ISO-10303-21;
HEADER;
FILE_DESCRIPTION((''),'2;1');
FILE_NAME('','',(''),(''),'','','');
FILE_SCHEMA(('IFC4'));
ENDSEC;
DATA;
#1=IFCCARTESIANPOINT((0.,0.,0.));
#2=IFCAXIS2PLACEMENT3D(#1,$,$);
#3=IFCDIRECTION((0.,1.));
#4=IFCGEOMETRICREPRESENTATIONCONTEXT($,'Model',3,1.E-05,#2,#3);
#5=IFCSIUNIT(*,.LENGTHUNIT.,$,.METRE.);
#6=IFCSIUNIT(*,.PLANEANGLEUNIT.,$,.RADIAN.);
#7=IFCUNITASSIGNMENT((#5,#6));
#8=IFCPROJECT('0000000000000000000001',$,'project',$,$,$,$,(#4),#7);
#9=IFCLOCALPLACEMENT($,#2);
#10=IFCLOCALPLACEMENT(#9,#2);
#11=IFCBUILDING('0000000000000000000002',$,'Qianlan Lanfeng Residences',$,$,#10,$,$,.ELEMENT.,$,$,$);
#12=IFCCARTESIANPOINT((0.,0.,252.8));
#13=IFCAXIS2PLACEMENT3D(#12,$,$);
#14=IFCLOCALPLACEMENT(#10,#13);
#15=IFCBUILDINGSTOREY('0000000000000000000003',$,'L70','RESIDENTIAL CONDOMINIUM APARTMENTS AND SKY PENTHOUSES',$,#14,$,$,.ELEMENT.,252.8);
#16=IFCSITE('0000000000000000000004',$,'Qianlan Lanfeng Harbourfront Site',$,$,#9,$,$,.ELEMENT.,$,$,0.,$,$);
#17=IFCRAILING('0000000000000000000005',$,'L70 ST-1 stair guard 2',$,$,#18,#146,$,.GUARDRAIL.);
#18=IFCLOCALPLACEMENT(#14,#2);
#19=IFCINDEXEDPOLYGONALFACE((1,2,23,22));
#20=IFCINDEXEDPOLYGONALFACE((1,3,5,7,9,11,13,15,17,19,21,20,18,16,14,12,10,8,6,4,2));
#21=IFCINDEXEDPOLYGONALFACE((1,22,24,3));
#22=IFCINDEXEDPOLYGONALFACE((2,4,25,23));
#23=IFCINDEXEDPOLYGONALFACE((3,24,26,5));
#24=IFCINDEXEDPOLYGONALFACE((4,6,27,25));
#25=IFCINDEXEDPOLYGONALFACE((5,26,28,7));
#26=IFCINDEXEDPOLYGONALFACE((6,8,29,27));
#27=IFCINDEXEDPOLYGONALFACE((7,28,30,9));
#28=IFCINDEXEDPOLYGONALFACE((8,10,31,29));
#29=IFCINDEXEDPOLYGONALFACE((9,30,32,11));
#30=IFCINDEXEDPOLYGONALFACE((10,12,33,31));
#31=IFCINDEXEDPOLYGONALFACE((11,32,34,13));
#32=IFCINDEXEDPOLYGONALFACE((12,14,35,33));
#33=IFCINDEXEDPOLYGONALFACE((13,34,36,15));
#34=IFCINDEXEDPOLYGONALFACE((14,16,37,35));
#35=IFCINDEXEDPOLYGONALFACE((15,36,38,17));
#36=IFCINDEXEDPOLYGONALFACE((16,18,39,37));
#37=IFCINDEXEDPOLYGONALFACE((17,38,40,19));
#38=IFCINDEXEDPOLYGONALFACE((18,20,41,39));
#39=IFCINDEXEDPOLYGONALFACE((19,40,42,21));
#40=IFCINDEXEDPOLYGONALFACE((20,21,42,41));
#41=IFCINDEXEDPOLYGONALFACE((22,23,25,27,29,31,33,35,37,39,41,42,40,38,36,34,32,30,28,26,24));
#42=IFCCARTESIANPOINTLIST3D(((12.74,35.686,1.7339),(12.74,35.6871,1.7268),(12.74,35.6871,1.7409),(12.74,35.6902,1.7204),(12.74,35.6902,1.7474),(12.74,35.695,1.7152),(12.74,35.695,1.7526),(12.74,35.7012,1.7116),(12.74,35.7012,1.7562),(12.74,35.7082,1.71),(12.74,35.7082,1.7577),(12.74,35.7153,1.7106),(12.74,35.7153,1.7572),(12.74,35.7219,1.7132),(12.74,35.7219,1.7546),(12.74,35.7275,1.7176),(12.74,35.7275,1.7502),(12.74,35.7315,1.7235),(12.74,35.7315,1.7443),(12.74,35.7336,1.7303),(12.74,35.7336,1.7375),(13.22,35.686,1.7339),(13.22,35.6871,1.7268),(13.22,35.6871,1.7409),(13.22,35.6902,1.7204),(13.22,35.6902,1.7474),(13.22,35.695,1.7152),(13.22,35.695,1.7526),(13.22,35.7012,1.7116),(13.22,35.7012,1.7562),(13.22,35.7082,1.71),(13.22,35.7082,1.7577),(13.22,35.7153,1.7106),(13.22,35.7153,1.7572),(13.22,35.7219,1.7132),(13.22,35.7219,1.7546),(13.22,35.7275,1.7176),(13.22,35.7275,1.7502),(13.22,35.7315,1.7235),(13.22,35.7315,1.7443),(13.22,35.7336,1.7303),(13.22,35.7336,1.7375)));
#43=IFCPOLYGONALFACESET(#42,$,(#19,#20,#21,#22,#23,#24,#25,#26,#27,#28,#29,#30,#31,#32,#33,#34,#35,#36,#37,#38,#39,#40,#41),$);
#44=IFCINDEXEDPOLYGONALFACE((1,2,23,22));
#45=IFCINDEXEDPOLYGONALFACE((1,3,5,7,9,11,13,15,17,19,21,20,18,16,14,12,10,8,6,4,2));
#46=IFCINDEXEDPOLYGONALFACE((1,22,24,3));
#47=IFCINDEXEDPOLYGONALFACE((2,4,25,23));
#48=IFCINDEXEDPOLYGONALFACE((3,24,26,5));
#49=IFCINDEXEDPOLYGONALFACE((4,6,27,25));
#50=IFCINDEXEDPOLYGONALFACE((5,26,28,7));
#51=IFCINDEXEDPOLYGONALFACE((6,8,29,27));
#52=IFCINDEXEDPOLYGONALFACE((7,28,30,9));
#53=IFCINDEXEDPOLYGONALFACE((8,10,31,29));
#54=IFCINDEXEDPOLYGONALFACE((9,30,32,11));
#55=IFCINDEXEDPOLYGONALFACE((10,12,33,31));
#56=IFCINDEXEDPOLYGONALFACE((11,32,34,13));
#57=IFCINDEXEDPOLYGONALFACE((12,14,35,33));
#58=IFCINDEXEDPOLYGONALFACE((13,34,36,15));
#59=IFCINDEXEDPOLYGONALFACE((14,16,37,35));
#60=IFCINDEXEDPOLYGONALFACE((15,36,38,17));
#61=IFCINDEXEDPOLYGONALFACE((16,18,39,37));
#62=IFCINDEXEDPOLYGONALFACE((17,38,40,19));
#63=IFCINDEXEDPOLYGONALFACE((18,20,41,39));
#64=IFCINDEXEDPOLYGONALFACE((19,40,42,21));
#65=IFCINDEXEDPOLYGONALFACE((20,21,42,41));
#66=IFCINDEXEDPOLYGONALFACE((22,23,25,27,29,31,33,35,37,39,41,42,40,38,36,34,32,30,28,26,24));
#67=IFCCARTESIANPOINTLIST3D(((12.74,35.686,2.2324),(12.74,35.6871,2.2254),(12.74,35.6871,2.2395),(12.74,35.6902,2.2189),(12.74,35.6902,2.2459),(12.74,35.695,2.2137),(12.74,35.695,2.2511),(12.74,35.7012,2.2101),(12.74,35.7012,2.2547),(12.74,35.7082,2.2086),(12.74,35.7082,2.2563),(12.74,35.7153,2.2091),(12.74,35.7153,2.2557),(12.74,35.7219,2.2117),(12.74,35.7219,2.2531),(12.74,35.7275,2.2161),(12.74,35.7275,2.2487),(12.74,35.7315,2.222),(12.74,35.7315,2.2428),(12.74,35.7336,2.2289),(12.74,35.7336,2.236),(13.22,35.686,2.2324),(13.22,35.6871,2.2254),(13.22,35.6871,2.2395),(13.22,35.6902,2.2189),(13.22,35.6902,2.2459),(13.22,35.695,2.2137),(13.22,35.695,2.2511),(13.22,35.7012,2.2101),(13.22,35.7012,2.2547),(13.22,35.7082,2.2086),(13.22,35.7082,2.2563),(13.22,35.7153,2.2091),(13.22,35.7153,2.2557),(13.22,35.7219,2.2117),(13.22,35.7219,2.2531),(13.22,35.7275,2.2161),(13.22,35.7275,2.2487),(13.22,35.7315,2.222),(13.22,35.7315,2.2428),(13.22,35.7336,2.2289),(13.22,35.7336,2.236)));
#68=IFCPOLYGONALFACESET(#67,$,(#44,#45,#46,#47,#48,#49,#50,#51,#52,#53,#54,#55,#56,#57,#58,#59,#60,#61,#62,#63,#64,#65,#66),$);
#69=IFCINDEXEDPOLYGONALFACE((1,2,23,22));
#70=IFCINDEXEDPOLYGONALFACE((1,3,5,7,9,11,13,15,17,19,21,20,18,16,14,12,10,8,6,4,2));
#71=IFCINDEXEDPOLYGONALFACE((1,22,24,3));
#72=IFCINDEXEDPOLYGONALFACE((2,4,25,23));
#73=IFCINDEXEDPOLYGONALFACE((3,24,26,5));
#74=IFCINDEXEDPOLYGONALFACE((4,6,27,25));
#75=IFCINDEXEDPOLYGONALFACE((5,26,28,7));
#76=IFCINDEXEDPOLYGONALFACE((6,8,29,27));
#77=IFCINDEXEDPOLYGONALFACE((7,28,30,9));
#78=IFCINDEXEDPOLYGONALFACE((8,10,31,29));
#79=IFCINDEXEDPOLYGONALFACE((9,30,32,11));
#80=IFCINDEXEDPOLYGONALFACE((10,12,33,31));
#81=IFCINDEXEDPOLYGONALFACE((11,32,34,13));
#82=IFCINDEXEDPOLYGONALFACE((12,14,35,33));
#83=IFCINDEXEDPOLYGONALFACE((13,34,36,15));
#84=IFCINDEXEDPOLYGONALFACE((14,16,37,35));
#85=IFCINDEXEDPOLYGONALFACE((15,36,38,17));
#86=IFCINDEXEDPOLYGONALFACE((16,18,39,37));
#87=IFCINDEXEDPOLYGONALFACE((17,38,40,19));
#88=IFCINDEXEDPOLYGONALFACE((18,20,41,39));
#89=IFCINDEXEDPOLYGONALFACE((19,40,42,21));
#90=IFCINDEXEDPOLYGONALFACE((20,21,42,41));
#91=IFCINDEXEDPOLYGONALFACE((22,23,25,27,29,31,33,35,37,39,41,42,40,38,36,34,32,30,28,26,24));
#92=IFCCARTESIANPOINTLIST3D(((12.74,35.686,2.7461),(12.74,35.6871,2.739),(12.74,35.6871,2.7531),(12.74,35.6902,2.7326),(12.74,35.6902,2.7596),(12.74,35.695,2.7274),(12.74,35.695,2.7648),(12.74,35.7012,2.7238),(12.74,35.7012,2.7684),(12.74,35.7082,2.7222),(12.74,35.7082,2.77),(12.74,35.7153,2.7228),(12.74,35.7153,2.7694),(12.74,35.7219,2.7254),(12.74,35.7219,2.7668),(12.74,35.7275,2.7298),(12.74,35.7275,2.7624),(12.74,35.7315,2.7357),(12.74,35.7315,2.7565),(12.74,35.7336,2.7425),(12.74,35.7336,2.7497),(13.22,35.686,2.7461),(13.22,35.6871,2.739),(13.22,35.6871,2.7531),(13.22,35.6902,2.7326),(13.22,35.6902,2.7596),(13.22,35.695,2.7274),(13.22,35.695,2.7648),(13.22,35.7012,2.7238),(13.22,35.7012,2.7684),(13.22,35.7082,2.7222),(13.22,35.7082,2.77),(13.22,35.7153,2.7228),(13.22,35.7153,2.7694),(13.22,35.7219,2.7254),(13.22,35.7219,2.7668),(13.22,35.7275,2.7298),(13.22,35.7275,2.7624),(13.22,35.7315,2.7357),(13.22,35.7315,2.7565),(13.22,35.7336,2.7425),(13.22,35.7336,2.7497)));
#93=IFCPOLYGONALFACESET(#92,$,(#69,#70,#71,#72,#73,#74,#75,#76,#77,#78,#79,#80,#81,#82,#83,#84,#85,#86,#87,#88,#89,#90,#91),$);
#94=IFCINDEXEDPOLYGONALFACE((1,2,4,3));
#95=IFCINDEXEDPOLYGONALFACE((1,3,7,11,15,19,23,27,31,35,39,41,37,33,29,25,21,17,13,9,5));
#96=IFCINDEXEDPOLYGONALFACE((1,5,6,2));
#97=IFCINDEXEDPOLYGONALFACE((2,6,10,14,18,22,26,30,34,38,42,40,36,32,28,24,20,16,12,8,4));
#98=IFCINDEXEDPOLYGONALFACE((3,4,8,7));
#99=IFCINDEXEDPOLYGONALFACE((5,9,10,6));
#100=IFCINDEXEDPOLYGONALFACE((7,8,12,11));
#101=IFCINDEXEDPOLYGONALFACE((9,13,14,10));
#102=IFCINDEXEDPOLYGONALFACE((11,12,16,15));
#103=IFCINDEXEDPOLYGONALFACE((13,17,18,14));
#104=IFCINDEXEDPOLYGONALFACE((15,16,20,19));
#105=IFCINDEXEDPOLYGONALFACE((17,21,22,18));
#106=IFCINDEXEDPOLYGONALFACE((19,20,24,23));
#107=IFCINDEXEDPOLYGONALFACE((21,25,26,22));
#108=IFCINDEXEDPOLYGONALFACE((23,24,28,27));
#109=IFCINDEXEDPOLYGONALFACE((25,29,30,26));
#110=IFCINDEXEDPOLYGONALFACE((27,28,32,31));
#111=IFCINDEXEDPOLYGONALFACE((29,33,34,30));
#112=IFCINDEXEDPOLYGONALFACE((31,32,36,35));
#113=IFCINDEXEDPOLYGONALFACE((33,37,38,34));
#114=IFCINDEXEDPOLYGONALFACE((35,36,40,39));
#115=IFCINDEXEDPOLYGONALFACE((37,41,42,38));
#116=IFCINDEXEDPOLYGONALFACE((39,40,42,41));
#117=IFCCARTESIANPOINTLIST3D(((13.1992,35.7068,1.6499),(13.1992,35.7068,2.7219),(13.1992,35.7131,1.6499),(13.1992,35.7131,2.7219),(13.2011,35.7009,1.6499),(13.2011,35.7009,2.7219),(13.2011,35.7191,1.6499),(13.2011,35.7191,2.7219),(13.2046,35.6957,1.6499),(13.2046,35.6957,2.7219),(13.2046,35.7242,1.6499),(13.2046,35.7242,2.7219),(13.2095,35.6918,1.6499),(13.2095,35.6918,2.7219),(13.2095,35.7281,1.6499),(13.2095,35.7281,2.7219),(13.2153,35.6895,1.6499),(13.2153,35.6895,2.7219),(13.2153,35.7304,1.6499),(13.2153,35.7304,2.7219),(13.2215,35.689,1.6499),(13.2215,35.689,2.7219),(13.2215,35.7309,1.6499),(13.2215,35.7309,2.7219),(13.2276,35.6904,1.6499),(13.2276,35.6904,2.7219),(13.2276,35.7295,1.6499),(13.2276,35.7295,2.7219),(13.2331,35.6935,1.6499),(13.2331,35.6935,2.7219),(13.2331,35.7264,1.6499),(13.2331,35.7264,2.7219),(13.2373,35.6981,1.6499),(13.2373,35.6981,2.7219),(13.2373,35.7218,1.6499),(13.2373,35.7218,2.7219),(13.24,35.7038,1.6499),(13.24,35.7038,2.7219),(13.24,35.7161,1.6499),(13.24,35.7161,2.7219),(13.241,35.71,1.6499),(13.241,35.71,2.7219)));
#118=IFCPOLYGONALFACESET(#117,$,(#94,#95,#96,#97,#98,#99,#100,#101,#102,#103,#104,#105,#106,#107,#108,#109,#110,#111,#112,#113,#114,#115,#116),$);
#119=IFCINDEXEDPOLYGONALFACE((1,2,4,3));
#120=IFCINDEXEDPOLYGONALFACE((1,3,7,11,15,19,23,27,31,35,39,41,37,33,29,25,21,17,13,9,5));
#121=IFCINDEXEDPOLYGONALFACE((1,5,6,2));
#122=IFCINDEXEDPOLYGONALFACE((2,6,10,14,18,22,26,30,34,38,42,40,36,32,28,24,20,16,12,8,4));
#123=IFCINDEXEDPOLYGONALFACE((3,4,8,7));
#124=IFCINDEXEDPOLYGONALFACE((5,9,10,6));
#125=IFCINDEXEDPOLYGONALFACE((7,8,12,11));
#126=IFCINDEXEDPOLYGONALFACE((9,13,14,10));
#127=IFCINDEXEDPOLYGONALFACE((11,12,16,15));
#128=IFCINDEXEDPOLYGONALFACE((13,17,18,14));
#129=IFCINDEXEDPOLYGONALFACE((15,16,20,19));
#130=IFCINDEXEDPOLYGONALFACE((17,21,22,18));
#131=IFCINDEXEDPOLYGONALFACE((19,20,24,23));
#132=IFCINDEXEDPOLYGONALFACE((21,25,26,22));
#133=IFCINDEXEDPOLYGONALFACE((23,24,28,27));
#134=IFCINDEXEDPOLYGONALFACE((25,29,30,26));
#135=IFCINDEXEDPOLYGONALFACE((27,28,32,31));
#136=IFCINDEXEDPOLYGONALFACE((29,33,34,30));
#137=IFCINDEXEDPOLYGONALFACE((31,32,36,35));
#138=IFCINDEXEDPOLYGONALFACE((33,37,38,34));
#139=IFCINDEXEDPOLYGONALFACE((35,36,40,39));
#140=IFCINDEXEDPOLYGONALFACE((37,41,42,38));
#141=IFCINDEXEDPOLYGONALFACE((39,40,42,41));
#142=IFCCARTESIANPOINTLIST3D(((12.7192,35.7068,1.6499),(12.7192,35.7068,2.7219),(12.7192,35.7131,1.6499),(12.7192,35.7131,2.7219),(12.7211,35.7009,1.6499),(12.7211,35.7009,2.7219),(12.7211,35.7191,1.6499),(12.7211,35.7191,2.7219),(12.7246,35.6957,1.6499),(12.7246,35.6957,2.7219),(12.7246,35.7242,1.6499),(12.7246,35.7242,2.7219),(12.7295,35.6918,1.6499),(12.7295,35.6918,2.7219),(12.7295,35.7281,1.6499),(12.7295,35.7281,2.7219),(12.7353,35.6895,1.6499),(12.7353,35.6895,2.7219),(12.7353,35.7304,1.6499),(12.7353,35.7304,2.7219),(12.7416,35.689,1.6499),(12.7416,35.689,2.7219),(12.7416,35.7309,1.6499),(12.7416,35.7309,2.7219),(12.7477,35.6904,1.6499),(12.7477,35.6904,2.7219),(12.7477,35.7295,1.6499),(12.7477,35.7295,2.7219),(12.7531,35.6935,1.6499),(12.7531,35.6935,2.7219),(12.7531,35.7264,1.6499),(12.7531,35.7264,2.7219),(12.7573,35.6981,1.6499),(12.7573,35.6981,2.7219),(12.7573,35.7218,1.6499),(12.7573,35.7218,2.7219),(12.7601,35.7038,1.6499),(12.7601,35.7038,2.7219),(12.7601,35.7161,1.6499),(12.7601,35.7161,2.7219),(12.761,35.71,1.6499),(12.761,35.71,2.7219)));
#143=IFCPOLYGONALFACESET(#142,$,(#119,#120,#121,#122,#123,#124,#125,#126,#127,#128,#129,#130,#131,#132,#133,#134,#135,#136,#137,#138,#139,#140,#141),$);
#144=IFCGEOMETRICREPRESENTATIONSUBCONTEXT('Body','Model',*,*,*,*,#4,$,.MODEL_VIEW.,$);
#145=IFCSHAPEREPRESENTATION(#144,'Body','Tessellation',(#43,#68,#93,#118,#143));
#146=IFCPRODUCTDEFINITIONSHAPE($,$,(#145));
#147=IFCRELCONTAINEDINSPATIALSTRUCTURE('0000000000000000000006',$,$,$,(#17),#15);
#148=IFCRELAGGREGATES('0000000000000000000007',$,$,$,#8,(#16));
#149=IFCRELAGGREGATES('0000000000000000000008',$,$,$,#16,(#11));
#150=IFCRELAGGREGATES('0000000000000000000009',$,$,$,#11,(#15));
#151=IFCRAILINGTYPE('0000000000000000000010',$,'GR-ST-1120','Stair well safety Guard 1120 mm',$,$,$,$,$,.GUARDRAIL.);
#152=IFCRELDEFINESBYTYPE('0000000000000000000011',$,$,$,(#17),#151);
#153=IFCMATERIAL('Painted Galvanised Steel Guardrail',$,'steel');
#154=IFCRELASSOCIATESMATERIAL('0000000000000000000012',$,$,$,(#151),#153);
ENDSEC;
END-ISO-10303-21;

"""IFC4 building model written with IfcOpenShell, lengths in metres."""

from ifc_helpers import new_model, si_unit, direction, frame, origin, origin_2d, place, context, subcontext, project, spatial, circle, extrude, material, type_object, element, save


model = new_model("IFC4")

# Units and contexts
model_context = context("Model", 3, precision=1e-05, world=origin(), true_north=direction((0.0, 1.0)))
body_context = subcontext(model_context, "Body", "Model", "MODEL_VIEW")
ifc_project = project(units=[si_unit("LENGTHUNIT", "METRE"), si_unit("PLANEANGLEUNIT", "RADIAN")], contexts=[model_context])

# Site, building, storey
site_placement = place(None, origin())
site = spatial("IfcSite", under=ifc_project, at=site_placement, Name="Qianlan Lanfeng Harbourfront Site", CompositionType="ELEMENT", RefElevation=0.0)
building_placement = place(site_placement, origin())
building = spatial("IfcBuilding", under=site, at=building_placement, Name="Qianlan Lanfeng Residences", CompositionType="ELEMENT")
storey_placement = place(building_placement, frame((0.0, 0.0, 252.8)))
storey = spatial("IfcBuildingStorey", under=building, at=storey_placement, Name="L70", Description="RESIDENTIAL CONDOMINIUM APARTMENTS AND SKY PENTHOUSES", CompositionType="ELEMENT", Elevation=252.8)

# Railing
ifc_material_1 = material(Name="Painted Galvanised Steel Guardrail", Category="steel")
railing_type_1 = type_object("IfcRailingType", Name="GR-ST-1120", Description="Stair well safety Guard 1120 mm", PredefinedType="GUARDRAIL", material=ifc_material_1)
railing_1_placement = place(storey_placement, frame((13.22, 35.71, 1.6499)))
element("IfcRailing", 1, at=railing_1_placement, inside=storey, type_object=railing_type_1, Name="L70 ST-1 stair guard 2", PredefinedType="GUARDRAIL", context=body_context, shape_type="SweptSolid", body=[
    extrude(circle(Radius=0.0239, at=origin_2d()), frame((0.0, 0.0, 0.084), z_axis=(-1.0, 0.0, 0.0), x_axis=(0.0, -1.0, 0.0)), (0.0, 0.0, 1.0), 0.48),
    extrude(circle(Radius=0.0239, at=origin_2d()), frame((0.0, 0.0, 0.5825), z_axis=(-1.0, 0.0, 0.0), x_axis=(0.0, -1.0, 0.0)), (0.0, 0.0, 1.0), 0.48),
    extrude(circle(Radius=0.0239, at=origin_2d()), frame((0.0, 0.0, 1.0962), z_axis=(-1.0, 0.0, 0.0), x_axis=(0.0, -1.0, 0.0)), (0.0, 0.0, 1.0), 0.48),
    extrude(circle(Radius=0.021, at=origin_2d()), origin(), (0.0, 0.0, 1.0), 1.072),
    extrude(circle(Radius=0.021, at=origin_2d()), frame((-0.48, 0.0, 0.0)), (0.0, 0.0, 1.0), 1.072),
])

save(model, "model.ifc")
